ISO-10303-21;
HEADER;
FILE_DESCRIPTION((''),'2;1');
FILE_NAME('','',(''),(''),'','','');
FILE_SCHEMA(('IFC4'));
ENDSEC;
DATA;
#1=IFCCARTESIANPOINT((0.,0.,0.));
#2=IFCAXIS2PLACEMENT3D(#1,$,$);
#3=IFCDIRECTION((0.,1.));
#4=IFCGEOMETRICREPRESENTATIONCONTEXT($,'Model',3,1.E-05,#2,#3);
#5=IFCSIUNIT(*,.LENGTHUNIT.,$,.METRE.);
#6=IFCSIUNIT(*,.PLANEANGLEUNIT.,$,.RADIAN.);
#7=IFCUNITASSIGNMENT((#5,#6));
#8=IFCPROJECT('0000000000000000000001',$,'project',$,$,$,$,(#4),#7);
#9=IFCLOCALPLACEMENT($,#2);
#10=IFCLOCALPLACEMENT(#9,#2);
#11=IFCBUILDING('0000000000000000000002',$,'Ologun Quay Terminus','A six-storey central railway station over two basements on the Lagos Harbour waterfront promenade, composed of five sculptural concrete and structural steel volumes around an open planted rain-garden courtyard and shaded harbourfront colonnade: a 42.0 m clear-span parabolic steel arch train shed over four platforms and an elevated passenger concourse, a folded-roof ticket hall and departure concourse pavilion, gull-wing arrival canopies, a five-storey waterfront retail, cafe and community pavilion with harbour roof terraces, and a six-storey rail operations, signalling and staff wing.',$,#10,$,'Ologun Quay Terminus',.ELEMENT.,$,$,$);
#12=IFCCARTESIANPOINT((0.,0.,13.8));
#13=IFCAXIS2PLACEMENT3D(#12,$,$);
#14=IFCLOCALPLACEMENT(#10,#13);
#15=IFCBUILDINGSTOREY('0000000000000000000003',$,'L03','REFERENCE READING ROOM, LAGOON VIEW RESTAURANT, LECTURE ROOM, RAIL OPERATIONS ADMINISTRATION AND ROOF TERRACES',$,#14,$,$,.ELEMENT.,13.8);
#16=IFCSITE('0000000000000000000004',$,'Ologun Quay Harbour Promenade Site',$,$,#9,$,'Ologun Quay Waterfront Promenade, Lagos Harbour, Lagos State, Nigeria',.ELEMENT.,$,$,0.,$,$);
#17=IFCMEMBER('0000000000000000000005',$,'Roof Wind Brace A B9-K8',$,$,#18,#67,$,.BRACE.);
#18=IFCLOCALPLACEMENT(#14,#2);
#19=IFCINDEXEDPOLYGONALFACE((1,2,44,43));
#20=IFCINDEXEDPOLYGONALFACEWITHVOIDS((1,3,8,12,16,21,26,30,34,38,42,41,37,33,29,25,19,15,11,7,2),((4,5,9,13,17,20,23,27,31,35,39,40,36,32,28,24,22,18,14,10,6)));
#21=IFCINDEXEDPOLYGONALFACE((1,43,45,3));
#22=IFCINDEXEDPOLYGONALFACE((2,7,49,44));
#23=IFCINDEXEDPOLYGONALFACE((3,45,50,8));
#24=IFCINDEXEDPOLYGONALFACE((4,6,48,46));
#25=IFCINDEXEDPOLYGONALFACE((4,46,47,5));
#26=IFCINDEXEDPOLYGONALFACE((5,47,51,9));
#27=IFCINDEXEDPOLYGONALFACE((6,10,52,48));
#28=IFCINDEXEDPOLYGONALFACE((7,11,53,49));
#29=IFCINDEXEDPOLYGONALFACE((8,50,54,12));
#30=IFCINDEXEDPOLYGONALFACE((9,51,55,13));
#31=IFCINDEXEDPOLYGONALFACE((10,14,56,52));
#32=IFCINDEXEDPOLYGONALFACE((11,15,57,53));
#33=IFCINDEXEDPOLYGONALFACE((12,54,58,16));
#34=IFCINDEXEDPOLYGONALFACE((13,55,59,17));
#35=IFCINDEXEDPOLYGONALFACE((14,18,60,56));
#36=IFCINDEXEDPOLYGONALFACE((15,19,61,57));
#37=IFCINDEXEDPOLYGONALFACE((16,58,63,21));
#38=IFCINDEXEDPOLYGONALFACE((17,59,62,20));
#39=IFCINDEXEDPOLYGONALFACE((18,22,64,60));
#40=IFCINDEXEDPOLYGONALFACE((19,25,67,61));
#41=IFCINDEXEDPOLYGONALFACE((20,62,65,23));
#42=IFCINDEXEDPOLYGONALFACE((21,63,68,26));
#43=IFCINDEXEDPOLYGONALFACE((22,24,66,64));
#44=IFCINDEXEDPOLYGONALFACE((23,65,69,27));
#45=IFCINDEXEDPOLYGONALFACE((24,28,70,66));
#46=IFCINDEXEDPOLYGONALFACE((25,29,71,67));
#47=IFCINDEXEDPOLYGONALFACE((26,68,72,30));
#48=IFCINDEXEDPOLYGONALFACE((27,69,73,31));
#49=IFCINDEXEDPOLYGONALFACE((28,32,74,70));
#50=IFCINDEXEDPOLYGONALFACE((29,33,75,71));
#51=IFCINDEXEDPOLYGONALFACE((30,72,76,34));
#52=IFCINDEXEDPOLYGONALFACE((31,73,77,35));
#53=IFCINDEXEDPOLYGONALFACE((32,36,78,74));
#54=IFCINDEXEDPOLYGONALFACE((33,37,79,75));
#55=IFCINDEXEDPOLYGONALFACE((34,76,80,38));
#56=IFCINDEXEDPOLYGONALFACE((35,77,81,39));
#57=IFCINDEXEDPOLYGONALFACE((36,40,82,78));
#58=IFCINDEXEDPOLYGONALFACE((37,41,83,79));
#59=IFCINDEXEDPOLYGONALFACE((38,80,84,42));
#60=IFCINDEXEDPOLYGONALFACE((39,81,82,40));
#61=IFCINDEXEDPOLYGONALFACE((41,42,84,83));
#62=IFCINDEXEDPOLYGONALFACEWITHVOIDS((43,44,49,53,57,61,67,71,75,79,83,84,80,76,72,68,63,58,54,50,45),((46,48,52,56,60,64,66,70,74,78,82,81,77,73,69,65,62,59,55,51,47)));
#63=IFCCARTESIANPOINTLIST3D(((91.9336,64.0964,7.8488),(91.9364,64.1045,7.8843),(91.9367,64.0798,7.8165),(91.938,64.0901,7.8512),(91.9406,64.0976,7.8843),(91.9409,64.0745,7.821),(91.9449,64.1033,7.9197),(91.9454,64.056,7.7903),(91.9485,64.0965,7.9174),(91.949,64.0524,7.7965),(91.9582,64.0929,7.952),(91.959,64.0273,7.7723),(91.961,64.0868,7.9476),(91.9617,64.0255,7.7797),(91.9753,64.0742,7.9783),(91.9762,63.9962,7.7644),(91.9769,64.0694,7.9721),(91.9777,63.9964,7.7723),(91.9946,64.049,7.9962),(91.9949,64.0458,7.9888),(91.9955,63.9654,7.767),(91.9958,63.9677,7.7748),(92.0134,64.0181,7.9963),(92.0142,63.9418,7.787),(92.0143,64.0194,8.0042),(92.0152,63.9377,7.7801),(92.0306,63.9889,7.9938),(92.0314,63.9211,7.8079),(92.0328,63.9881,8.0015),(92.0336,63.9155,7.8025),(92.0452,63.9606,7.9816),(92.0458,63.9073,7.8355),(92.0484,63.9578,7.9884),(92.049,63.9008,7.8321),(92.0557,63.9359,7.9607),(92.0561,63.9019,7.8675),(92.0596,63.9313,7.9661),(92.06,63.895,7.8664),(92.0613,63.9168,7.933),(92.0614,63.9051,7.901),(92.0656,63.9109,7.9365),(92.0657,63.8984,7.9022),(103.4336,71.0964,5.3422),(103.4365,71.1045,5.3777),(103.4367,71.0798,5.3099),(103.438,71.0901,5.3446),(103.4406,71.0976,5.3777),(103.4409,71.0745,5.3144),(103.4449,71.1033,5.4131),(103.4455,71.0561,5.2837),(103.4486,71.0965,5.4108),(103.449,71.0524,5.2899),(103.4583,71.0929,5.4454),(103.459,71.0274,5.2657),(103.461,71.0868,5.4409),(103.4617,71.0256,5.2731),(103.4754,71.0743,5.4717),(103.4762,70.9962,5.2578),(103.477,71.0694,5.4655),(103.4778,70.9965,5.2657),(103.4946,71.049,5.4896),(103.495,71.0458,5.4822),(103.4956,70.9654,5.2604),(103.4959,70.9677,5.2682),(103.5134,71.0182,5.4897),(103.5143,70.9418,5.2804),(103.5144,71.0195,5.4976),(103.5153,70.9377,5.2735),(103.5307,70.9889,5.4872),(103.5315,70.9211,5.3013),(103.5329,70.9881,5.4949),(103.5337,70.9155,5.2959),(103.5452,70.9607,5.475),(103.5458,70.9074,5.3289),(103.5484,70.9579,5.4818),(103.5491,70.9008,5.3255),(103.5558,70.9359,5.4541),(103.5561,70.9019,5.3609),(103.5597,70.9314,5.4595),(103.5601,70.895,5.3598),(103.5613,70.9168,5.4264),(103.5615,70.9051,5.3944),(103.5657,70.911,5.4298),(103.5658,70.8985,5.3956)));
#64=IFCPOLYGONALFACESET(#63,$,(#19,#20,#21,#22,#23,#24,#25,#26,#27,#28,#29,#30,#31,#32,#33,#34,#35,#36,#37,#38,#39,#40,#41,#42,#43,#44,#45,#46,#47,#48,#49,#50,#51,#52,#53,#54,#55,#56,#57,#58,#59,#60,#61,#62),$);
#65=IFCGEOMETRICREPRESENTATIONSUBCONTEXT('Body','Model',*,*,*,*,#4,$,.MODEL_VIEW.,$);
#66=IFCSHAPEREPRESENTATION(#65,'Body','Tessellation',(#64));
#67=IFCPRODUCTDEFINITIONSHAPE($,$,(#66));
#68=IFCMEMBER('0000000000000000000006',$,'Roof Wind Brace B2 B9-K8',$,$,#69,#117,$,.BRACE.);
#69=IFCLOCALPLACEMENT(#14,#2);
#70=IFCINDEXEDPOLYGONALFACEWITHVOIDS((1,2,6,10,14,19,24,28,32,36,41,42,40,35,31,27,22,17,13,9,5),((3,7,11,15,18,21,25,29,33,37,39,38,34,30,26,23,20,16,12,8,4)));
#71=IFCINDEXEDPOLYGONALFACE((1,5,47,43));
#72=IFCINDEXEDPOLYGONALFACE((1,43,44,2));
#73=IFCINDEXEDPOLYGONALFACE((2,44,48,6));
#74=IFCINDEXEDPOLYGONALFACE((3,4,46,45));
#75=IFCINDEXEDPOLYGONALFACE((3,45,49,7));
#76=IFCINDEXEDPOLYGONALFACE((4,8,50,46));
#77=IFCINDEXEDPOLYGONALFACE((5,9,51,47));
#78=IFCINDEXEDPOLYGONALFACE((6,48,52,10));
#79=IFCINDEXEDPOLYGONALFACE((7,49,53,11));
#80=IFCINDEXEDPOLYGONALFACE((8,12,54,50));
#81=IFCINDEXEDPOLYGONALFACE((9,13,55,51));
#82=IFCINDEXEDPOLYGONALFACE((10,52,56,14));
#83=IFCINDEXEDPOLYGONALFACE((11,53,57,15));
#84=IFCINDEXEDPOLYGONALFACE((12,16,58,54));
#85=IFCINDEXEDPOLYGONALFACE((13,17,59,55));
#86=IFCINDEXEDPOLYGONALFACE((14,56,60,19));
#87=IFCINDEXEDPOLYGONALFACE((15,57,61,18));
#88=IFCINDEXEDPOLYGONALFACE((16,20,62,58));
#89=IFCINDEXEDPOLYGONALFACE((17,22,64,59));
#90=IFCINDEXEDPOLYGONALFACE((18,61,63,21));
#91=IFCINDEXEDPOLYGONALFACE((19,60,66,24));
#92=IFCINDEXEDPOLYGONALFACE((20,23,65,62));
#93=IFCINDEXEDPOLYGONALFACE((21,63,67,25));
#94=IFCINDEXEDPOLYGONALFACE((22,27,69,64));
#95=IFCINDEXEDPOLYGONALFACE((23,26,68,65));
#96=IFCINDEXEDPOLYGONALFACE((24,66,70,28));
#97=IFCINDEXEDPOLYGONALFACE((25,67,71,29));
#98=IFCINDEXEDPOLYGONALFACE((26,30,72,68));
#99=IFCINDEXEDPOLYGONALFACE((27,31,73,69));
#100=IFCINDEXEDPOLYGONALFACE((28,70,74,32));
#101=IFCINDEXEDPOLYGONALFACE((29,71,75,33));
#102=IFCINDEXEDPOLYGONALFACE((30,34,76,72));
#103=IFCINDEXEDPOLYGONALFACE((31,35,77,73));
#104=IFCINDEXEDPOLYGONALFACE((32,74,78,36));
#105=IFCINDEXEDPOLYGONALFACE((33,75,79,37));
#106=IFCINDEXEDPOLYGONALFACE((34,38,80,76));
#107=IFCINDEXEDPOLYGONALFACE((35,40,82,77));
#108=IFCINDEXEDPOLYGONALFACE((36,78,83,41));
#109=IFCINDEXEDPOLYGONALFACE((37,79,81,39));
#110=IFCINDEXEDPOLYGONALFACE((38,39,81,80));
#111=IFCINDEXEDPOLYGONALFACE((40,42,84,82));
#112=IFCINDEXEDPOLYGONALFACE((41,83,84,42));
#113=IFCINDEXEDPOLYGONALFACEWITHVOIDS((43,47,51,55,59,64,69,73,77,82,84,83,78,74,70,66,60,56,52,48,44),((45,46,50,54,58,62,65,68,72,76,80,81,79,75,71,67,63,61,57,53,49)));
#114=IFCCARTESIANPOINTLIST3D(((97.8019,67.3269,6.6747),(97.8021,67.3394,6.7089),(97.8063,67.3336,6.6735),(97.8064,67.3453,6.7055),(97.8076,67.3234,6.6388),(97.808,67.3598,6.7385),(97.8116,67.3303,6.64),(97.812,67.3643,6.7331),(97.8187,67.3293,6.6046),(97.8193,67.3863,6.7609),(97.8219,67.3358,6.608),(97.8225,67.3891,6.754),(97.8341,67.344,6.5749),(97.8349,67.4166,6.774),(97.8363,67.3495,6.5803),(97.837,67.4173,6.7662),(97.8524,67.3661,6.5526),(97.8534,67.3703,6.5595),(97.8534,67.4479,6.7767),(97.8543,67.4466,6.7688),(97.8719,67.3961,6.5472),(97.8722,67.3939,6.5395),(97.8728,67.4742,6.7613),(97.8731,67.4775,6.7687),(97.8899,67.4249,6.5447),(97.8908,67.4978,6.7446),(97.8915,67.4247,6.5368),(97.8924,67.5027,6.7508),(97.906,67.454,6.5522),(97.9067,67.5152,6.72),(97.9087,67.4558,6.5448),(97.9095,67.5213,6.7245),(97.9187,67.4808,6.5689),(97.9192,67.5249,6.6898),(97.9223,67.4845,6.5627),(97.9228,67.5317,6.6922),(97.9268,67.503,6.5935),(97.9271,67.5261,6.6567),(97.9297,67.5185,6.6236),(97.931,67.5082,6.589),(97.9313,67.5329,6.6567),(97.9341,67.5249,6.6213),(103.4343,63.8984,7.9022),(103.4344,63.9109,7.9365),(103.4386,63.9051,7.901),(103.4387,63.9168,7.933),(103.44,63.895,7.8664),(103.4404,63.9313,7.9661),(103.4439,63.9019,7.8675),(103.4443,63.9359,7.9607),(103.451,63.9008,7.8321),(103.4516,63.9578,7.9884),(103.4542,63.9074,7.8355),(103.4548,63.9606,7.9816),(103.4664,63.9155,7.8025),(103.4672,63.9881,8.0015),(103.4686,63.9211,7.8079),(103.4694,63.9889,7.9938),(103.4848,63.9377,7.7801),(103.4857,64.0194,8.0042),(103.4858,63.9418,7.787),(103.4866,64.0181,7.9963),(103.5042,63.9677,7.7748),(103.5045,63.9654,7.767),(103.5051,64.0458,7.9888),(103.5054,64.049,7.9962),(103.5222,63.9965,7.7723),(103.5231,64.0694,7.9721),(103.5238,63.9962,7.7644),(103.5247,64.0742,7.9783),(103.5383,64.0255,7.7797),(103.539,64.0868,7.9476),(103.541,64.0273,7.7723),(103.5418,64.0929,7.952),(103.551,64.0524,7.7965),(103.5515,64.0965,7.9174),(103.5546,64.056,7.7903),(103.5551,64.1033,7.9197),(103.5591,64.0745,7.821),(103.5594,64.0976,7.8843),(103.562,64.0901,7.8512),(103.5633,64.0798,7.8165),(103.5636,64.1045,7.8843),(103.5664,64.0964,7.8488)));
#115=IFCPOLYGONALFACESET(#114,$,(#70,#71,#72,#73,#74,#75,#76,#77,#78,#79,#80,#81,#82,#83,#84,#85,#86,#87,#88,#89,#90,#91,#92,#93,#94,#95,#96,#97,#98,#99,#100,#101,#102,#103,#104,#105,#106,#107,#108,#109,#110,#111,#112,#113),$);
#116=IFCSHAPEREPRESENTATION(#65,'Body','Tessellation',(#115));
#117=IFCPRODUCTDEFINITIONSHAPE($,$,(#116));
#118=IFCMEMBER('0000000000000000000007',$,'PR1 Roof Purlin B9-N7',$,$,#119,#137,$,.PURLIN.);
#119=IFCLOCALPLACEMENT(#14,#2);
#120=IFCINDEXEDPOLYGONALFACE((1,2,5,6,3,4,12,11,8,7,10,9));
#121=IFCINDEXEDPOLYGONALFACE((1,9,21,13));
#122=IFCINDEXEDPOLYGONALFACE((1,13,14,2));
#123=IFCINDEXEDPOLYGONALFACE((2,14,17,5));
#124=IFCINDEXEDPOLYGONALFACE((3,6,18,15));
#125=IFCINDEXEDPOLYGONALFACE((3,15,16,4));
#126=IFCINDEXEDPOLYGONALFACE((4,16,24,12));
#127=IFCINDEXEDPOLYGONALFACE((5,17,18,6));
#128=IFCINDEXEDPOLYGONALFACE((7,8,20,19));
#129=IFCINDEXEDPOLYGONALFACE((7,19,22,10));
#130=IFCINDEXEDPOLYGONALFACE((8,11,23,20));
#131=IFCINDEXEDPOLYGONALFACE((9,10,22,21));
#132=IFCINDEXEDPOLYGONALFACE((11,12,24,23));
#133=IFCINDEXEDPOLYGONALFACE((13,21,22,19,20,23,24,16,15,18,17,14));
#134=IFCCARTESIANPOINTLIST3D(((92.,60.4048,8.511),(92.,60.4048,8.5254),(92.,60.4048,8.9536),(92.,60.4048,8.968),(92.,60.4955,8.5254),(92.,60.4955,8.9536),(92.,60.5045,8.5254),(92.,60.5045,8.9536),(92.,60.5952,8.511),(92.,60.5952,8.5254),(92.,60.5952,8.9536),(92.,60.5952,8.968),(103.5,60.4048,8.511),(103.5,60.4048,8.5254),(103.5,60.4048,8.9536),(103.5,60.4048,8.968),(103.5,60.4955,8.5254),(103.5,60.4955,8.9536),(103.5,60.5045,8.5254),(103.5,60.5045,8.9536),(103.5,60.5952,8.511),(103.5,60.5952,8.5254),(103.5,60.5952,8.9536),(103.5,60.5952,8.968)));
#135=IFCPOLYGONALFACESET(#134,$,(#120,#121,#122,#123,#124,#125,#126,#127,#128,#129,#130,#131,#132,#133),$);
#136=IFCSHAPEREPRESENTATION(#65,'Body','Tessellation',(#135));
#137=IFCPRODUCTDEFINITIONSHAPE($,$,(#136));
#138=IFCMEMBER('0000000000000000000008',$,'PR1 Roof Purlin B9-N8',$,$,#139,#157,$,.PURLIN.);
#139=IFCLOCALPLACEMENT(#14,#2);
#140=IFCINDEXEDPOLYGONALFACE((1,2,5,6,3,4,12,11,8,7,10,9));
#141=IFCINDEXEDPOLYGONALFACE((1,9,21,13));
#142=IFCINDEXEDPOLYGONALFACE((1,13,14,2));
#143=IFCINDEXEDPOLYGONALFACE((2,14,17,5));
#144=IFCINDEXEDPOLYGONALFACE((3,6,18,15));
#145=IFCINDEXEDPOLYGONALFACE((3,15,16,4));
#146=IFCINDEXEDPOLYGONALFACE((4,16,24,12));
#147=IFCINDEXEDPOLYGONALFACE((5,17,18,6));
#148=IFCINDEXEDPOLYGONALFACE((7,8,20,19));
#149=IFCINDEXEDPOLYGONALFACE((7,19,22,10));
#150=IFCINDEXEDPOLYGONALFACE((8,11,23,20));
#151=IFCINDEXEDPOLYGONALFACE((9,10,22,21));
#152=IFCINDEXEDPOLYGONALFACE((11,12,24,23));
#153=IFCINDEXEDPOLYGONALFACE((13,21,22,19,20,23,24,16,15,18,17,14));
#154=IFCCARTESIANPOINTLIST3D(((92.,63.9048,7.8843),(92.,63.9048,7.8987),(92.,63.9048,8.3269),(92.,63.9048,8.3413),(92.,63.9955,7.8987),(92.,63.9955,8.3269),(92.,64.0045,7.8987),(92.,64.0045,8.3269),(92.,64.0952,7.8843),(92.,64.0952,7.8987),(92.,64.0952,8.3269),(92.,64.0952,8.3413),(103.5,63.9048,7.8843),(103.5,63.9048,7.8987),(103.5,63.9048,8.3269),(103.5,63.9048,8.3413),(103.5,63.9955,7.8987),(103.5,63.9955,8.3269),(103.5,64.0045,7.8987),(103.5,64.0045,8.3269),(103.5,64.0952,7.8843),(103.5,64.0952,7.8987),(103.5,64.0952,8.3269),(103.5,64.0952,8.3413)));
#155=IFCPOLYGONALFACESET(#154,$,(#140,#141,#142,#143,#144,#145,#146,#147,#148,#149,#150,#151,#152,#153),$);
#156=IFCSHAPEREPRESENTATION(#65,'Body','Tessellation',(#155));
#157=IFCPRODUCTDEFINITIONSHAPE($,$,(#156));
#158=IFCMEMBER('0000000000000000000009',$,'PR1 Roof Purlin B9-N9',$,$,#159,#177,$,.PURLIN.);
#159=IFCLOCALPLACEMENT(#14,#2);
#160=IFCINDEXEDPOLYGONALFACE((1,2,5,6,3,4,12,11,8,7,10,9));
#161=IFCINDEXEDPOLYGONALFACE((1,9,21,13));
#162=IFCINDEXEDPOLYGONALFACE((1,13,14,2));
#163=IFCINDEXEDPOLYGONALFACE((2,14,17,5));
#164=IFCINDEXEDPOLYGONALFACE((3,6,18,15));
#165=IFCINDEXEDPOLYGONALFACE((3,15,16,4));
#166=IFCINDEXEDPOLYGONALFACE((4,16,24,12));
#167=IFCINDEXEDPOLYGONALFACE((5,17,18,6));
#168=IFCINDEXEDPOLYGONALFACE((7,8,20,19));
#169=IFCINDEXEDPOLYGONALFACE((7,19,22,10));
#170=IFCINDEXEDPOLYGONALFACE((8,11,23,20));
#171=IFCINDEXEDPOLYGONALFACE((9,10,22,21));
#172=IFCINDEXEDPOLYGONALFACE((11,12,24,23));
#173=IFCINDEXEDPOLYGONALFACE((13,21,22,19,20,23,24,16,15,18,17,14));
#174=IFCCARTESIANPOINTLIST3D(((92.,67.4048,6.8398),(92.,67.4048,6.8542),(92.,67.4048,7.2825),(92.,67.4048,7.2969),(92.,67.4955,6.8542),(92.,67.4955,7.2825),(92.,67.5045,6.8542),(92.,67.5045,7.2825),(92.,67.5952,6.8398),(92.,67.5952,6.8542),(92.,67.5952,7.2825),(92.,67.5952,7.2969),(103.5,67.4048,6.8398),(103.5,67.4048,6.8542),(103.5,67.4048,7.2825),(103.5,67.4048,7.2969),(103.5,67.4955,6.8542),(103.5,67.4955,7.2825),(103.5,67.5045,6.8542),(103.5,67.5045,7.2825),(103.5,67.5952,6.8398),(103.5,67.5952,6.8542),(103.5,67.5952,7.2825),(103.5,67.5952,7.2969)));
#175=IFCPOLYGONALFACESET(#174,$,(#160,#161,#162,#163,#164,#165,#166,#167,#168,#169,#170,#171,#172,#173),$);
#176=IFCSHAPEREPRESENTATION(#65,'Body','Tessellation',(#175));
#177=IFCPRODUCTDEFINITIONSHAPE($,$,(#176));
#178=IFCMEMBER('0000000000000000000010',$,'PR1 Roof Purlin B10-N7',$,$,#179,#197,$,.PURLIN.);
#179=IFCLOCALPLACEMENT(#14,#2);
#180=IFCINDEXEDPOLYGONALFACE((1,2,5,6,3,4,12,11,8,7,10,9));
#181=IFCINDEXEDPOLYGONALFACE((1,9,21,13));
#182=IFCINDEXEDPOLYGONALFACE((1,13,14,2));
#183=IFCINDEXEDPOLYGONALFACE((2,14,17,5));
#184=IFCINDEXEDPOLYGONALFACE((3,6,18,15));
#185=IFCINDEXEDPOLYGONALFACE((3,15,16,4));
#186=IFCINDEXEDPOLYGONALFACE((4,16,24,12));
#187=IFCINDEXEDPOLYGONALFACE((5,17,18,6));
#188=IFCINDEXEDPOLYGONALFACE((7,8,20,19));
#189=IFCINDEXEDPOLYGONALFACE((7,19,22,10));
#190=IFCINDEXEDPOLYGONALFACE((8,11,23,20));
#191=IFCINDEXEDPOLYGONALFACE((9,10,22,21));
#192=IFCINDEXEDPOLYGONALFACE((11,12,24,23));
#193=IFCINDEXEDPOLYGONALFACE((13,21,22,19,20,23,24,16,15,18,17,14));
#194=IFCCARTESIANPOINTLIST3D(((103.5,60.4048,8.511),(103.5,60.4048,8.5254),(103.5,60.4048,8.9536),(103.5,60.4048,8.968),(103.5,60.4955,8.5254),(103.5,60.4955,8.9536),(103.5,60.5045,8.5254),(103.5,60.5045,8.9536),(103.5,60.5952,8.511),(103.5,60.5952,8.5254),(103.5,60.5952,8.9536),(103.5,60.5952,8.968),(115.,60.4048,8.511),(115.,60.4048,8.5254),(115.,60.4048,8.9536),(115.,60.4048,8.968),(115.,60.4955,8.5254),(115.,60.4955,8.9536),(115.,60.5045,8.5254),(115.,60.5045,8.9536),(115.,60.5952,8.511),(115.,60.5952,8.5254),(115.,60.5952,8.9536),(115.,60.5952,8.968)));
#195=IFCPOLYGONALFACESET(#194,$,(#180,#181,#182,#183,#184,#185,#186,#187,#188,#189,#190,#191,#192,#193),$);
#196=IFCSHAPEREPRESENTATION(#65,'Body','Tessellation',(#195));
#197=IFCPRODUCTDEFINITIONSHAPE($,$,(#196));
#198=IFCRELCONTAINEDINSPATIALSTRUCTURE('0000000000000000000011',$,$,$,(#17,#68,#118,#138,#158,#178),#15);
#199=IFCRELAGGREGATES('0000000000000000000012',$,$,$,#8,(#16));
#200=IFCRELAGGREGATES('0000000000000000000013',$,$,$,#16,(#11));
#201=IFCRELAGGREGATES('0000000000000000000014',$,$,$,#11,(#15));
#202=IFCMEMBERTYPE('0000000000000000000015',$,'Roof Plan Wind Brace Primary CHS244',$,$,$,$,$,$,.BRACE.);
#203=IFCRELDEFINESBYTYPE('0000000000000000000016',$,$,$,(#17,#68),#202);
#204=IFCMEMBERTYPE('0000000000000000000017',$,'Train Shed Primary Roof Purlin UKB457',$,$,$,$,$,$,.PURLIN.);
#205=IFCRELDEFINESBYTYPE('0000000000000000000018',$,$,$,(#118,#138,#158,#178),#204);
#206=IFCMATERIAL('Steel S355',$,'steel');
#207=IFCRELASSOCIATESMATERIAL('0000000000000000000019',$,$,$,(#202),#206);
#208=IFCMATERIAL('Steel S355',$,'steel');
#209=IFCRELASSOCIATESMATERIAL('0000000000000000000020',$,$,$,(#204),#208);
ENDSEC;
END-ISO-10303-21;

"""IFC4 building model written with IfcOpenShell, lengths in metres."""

from ifc_helpers import new_model, si_unit, direction, frame, origin, origin_2d, place, context, subcontext, project, spatial, hollow_circle, i_section, extrude, material, material_profile, profile_set, type_object, element, save


model = new_model("IFC4")

# Units and contexts
model_context = context("Model", 3, precision=1e-05, world=origin(), true_north=direction((0.0, 1.0)))
body_context = subcontext(model_context, "Body", "Model", "MODEL_VIEW")
ifc_project = project(units=[si_unit("LENGTHUNIT", "METRE"), si_unit("PLANEANGLEUNIT", "RADIAN")], contexts=[model_context])

# Site, building, storey
site_placement = place(None, origin())
site = spatial("IfcSite", under=ifc_project, at=site_placement, Name="Ologun Quay Harbour Promenade Site", LongName="Ologun Quay Waterfront Promenade, Lagos Harbour, Lagos State, Nigeria", CompositionType="ELEMENT", RefElevation=0.0)
building_placement = place(site_placement, origin())
building = spatial("IfcBuilding", under=site, at=building_placement, Name="Ologun Quay Terminus", Description="A six-storey central railway station over two basements on the Lagos Harbour waterfront promenade, composed of five sculptural concrete and structural steel volumes around an open planted rain-garden courtyard and shaded harbourfront colonnade: a 42.0 m clear-span parabolic steel arch train shed over four platforms and an elevated passenger concourse, a folded-roof ticket hall and departure concourse pavilion, gull-wing arrival canopies, a five-storey waterfront retail, cafe and community pavilion with harbour roof terraces, and a six-storey rail operations, signalling and staff wing.", LongName="Ologun Quay Terminus", CompositionType="ELEMENT")
storey_placement = place(building_placement, frame((0.0, 0.0, 13.8)))
storey = spatial("IfcBuildingStorey", under=building, at=storey_placement, Name="L03", Description="REFERENCE READING ROOM, LAGOON VIEW RESTAURANT, LECTURE ROOM, RAIL OPERATIONS ADMINISTRATION AND ROOF TERRACES", CompositionType="ELEMENT", Elevation=13.8)

# Members
ifc_material_1 = material(Name="Steel S355", Category="steel")
ifc_material_profile_1 = material_profile(ifc_material_1, hollow_circle(Radius=0.1223, WallThickness=0.0081, at=origin_2d()), Name="CHS 244.5x8")
ifc_profile_set_1 = profile_set([ifc_material_profile_1], Name="Steel S355")
member_type_1 = type_object("IfcMemberType", Name="Roof Plan Wind Brace Primary CHS244", PredefinedType="BRACE", material=ifc_profile_set_1)
member_1_placement = place(storey_placement, frame((92.0, 64.0, 7.8843), z_axis=(0.839767, 0.511163, -0.183039), x_axis=(-0.519947, 0.854199, 0.0)))
element("IfcMember", 1, at=member_1_placement, inside=storey, type_object=member_type_1, Name="Roof Wind Brace A B9-K8", PredefinedType="BRACE", context=body_context, shape_type="SweptSolid", body=[
    extrude(hollow_circle(Radius=0.1223, WallThickness=0.0081, at=origin_2d()), origin(), (0.0, 0.0, 1.0), 13.6943),
])
member_2_placement = place(storey_placement, frame((97.8677, 67.4285, 6.6567), z_axis=(0.839764, -0.511175, 0.183023), x_axis=(0.519958, 0.854192, 0.0)))
element("IfcMember", 2, at=member_2_placement, inside=storey, type_object=member_type_1, Name="Roof Wind Brace B2 B9-K8", PredefinedType="BRACE", context=body_context, shape_type="SweptSolid", body=[
    extrude(hollow_circle(Radius=0.1223, WallThickness=0.0081, at=origin_2d()), origin(), (0.0, 0.0, 1.0), 6.707),
])
ifc_material_2 = material(Name="Steel S355", Category="steel")
ifc_material_profile_2 = material_profile(ifc_material_2, i_section(OverallWidth=0.1904, OverallDepth=0.457, WebThickness=0.009, FlangeThickness=0.0144, at=origin_2d()), Name="UKB 457x191x74")
ifc_profile_set_2 = profile_set([ifc_material_profile_2], Name="Steel S355")
member_type_2 = type_object("IfcMemberType", Name="Train Shed Primary Roof Purlin UKB457", PredefinedType="PURLIN", material=ifc_profile_set_2)
for number, where, z_axis, x_axis, name in (
    (3, (92.0, 60.5, 8.7395), (1.0, 0.0, 0.0), (0.0, 1.0, 0.0), "PR1 Roof Purlin B9-N7"),
    (4, (92.0, 64.0, 8.1128), (1.0, 0.0, 0.0), (0.0, 1.0, 0.0), "PR1 Roof Purlin B9-N8"),
    (5, (92.0, 67.5, 7.0684), (1.0, 0.0, 0.0), (0.0, 1.0, 0.0), "PR1 Roof Purlin B9-N9"),
    (6, (103.5, 60.5, 8.7395), (1.0, 0.0, 0.0), (0.0, 1.0, 0.0), "PR1 Roof Purlin B10-N7"),
):
    element("IfcMember", number, at=place(storey_placement, frame(where, z_axis=z_axis, x_axis=x_axis)), inside=storey, type_object=member_type_2, Name=name, PredefinedType="PURLIN", context=body_context, shape_type="SweptSolid", body=[
        extrude(i_section(OverallWidth=0.1904, OverallDepth=0.457, WebThickness=0.009, FlangeThickness=0.0144, at=origin_2d()), origin(), (0.0, 0.0, 1.0), 11.5),
    ])

save(model, "model.ifc")
